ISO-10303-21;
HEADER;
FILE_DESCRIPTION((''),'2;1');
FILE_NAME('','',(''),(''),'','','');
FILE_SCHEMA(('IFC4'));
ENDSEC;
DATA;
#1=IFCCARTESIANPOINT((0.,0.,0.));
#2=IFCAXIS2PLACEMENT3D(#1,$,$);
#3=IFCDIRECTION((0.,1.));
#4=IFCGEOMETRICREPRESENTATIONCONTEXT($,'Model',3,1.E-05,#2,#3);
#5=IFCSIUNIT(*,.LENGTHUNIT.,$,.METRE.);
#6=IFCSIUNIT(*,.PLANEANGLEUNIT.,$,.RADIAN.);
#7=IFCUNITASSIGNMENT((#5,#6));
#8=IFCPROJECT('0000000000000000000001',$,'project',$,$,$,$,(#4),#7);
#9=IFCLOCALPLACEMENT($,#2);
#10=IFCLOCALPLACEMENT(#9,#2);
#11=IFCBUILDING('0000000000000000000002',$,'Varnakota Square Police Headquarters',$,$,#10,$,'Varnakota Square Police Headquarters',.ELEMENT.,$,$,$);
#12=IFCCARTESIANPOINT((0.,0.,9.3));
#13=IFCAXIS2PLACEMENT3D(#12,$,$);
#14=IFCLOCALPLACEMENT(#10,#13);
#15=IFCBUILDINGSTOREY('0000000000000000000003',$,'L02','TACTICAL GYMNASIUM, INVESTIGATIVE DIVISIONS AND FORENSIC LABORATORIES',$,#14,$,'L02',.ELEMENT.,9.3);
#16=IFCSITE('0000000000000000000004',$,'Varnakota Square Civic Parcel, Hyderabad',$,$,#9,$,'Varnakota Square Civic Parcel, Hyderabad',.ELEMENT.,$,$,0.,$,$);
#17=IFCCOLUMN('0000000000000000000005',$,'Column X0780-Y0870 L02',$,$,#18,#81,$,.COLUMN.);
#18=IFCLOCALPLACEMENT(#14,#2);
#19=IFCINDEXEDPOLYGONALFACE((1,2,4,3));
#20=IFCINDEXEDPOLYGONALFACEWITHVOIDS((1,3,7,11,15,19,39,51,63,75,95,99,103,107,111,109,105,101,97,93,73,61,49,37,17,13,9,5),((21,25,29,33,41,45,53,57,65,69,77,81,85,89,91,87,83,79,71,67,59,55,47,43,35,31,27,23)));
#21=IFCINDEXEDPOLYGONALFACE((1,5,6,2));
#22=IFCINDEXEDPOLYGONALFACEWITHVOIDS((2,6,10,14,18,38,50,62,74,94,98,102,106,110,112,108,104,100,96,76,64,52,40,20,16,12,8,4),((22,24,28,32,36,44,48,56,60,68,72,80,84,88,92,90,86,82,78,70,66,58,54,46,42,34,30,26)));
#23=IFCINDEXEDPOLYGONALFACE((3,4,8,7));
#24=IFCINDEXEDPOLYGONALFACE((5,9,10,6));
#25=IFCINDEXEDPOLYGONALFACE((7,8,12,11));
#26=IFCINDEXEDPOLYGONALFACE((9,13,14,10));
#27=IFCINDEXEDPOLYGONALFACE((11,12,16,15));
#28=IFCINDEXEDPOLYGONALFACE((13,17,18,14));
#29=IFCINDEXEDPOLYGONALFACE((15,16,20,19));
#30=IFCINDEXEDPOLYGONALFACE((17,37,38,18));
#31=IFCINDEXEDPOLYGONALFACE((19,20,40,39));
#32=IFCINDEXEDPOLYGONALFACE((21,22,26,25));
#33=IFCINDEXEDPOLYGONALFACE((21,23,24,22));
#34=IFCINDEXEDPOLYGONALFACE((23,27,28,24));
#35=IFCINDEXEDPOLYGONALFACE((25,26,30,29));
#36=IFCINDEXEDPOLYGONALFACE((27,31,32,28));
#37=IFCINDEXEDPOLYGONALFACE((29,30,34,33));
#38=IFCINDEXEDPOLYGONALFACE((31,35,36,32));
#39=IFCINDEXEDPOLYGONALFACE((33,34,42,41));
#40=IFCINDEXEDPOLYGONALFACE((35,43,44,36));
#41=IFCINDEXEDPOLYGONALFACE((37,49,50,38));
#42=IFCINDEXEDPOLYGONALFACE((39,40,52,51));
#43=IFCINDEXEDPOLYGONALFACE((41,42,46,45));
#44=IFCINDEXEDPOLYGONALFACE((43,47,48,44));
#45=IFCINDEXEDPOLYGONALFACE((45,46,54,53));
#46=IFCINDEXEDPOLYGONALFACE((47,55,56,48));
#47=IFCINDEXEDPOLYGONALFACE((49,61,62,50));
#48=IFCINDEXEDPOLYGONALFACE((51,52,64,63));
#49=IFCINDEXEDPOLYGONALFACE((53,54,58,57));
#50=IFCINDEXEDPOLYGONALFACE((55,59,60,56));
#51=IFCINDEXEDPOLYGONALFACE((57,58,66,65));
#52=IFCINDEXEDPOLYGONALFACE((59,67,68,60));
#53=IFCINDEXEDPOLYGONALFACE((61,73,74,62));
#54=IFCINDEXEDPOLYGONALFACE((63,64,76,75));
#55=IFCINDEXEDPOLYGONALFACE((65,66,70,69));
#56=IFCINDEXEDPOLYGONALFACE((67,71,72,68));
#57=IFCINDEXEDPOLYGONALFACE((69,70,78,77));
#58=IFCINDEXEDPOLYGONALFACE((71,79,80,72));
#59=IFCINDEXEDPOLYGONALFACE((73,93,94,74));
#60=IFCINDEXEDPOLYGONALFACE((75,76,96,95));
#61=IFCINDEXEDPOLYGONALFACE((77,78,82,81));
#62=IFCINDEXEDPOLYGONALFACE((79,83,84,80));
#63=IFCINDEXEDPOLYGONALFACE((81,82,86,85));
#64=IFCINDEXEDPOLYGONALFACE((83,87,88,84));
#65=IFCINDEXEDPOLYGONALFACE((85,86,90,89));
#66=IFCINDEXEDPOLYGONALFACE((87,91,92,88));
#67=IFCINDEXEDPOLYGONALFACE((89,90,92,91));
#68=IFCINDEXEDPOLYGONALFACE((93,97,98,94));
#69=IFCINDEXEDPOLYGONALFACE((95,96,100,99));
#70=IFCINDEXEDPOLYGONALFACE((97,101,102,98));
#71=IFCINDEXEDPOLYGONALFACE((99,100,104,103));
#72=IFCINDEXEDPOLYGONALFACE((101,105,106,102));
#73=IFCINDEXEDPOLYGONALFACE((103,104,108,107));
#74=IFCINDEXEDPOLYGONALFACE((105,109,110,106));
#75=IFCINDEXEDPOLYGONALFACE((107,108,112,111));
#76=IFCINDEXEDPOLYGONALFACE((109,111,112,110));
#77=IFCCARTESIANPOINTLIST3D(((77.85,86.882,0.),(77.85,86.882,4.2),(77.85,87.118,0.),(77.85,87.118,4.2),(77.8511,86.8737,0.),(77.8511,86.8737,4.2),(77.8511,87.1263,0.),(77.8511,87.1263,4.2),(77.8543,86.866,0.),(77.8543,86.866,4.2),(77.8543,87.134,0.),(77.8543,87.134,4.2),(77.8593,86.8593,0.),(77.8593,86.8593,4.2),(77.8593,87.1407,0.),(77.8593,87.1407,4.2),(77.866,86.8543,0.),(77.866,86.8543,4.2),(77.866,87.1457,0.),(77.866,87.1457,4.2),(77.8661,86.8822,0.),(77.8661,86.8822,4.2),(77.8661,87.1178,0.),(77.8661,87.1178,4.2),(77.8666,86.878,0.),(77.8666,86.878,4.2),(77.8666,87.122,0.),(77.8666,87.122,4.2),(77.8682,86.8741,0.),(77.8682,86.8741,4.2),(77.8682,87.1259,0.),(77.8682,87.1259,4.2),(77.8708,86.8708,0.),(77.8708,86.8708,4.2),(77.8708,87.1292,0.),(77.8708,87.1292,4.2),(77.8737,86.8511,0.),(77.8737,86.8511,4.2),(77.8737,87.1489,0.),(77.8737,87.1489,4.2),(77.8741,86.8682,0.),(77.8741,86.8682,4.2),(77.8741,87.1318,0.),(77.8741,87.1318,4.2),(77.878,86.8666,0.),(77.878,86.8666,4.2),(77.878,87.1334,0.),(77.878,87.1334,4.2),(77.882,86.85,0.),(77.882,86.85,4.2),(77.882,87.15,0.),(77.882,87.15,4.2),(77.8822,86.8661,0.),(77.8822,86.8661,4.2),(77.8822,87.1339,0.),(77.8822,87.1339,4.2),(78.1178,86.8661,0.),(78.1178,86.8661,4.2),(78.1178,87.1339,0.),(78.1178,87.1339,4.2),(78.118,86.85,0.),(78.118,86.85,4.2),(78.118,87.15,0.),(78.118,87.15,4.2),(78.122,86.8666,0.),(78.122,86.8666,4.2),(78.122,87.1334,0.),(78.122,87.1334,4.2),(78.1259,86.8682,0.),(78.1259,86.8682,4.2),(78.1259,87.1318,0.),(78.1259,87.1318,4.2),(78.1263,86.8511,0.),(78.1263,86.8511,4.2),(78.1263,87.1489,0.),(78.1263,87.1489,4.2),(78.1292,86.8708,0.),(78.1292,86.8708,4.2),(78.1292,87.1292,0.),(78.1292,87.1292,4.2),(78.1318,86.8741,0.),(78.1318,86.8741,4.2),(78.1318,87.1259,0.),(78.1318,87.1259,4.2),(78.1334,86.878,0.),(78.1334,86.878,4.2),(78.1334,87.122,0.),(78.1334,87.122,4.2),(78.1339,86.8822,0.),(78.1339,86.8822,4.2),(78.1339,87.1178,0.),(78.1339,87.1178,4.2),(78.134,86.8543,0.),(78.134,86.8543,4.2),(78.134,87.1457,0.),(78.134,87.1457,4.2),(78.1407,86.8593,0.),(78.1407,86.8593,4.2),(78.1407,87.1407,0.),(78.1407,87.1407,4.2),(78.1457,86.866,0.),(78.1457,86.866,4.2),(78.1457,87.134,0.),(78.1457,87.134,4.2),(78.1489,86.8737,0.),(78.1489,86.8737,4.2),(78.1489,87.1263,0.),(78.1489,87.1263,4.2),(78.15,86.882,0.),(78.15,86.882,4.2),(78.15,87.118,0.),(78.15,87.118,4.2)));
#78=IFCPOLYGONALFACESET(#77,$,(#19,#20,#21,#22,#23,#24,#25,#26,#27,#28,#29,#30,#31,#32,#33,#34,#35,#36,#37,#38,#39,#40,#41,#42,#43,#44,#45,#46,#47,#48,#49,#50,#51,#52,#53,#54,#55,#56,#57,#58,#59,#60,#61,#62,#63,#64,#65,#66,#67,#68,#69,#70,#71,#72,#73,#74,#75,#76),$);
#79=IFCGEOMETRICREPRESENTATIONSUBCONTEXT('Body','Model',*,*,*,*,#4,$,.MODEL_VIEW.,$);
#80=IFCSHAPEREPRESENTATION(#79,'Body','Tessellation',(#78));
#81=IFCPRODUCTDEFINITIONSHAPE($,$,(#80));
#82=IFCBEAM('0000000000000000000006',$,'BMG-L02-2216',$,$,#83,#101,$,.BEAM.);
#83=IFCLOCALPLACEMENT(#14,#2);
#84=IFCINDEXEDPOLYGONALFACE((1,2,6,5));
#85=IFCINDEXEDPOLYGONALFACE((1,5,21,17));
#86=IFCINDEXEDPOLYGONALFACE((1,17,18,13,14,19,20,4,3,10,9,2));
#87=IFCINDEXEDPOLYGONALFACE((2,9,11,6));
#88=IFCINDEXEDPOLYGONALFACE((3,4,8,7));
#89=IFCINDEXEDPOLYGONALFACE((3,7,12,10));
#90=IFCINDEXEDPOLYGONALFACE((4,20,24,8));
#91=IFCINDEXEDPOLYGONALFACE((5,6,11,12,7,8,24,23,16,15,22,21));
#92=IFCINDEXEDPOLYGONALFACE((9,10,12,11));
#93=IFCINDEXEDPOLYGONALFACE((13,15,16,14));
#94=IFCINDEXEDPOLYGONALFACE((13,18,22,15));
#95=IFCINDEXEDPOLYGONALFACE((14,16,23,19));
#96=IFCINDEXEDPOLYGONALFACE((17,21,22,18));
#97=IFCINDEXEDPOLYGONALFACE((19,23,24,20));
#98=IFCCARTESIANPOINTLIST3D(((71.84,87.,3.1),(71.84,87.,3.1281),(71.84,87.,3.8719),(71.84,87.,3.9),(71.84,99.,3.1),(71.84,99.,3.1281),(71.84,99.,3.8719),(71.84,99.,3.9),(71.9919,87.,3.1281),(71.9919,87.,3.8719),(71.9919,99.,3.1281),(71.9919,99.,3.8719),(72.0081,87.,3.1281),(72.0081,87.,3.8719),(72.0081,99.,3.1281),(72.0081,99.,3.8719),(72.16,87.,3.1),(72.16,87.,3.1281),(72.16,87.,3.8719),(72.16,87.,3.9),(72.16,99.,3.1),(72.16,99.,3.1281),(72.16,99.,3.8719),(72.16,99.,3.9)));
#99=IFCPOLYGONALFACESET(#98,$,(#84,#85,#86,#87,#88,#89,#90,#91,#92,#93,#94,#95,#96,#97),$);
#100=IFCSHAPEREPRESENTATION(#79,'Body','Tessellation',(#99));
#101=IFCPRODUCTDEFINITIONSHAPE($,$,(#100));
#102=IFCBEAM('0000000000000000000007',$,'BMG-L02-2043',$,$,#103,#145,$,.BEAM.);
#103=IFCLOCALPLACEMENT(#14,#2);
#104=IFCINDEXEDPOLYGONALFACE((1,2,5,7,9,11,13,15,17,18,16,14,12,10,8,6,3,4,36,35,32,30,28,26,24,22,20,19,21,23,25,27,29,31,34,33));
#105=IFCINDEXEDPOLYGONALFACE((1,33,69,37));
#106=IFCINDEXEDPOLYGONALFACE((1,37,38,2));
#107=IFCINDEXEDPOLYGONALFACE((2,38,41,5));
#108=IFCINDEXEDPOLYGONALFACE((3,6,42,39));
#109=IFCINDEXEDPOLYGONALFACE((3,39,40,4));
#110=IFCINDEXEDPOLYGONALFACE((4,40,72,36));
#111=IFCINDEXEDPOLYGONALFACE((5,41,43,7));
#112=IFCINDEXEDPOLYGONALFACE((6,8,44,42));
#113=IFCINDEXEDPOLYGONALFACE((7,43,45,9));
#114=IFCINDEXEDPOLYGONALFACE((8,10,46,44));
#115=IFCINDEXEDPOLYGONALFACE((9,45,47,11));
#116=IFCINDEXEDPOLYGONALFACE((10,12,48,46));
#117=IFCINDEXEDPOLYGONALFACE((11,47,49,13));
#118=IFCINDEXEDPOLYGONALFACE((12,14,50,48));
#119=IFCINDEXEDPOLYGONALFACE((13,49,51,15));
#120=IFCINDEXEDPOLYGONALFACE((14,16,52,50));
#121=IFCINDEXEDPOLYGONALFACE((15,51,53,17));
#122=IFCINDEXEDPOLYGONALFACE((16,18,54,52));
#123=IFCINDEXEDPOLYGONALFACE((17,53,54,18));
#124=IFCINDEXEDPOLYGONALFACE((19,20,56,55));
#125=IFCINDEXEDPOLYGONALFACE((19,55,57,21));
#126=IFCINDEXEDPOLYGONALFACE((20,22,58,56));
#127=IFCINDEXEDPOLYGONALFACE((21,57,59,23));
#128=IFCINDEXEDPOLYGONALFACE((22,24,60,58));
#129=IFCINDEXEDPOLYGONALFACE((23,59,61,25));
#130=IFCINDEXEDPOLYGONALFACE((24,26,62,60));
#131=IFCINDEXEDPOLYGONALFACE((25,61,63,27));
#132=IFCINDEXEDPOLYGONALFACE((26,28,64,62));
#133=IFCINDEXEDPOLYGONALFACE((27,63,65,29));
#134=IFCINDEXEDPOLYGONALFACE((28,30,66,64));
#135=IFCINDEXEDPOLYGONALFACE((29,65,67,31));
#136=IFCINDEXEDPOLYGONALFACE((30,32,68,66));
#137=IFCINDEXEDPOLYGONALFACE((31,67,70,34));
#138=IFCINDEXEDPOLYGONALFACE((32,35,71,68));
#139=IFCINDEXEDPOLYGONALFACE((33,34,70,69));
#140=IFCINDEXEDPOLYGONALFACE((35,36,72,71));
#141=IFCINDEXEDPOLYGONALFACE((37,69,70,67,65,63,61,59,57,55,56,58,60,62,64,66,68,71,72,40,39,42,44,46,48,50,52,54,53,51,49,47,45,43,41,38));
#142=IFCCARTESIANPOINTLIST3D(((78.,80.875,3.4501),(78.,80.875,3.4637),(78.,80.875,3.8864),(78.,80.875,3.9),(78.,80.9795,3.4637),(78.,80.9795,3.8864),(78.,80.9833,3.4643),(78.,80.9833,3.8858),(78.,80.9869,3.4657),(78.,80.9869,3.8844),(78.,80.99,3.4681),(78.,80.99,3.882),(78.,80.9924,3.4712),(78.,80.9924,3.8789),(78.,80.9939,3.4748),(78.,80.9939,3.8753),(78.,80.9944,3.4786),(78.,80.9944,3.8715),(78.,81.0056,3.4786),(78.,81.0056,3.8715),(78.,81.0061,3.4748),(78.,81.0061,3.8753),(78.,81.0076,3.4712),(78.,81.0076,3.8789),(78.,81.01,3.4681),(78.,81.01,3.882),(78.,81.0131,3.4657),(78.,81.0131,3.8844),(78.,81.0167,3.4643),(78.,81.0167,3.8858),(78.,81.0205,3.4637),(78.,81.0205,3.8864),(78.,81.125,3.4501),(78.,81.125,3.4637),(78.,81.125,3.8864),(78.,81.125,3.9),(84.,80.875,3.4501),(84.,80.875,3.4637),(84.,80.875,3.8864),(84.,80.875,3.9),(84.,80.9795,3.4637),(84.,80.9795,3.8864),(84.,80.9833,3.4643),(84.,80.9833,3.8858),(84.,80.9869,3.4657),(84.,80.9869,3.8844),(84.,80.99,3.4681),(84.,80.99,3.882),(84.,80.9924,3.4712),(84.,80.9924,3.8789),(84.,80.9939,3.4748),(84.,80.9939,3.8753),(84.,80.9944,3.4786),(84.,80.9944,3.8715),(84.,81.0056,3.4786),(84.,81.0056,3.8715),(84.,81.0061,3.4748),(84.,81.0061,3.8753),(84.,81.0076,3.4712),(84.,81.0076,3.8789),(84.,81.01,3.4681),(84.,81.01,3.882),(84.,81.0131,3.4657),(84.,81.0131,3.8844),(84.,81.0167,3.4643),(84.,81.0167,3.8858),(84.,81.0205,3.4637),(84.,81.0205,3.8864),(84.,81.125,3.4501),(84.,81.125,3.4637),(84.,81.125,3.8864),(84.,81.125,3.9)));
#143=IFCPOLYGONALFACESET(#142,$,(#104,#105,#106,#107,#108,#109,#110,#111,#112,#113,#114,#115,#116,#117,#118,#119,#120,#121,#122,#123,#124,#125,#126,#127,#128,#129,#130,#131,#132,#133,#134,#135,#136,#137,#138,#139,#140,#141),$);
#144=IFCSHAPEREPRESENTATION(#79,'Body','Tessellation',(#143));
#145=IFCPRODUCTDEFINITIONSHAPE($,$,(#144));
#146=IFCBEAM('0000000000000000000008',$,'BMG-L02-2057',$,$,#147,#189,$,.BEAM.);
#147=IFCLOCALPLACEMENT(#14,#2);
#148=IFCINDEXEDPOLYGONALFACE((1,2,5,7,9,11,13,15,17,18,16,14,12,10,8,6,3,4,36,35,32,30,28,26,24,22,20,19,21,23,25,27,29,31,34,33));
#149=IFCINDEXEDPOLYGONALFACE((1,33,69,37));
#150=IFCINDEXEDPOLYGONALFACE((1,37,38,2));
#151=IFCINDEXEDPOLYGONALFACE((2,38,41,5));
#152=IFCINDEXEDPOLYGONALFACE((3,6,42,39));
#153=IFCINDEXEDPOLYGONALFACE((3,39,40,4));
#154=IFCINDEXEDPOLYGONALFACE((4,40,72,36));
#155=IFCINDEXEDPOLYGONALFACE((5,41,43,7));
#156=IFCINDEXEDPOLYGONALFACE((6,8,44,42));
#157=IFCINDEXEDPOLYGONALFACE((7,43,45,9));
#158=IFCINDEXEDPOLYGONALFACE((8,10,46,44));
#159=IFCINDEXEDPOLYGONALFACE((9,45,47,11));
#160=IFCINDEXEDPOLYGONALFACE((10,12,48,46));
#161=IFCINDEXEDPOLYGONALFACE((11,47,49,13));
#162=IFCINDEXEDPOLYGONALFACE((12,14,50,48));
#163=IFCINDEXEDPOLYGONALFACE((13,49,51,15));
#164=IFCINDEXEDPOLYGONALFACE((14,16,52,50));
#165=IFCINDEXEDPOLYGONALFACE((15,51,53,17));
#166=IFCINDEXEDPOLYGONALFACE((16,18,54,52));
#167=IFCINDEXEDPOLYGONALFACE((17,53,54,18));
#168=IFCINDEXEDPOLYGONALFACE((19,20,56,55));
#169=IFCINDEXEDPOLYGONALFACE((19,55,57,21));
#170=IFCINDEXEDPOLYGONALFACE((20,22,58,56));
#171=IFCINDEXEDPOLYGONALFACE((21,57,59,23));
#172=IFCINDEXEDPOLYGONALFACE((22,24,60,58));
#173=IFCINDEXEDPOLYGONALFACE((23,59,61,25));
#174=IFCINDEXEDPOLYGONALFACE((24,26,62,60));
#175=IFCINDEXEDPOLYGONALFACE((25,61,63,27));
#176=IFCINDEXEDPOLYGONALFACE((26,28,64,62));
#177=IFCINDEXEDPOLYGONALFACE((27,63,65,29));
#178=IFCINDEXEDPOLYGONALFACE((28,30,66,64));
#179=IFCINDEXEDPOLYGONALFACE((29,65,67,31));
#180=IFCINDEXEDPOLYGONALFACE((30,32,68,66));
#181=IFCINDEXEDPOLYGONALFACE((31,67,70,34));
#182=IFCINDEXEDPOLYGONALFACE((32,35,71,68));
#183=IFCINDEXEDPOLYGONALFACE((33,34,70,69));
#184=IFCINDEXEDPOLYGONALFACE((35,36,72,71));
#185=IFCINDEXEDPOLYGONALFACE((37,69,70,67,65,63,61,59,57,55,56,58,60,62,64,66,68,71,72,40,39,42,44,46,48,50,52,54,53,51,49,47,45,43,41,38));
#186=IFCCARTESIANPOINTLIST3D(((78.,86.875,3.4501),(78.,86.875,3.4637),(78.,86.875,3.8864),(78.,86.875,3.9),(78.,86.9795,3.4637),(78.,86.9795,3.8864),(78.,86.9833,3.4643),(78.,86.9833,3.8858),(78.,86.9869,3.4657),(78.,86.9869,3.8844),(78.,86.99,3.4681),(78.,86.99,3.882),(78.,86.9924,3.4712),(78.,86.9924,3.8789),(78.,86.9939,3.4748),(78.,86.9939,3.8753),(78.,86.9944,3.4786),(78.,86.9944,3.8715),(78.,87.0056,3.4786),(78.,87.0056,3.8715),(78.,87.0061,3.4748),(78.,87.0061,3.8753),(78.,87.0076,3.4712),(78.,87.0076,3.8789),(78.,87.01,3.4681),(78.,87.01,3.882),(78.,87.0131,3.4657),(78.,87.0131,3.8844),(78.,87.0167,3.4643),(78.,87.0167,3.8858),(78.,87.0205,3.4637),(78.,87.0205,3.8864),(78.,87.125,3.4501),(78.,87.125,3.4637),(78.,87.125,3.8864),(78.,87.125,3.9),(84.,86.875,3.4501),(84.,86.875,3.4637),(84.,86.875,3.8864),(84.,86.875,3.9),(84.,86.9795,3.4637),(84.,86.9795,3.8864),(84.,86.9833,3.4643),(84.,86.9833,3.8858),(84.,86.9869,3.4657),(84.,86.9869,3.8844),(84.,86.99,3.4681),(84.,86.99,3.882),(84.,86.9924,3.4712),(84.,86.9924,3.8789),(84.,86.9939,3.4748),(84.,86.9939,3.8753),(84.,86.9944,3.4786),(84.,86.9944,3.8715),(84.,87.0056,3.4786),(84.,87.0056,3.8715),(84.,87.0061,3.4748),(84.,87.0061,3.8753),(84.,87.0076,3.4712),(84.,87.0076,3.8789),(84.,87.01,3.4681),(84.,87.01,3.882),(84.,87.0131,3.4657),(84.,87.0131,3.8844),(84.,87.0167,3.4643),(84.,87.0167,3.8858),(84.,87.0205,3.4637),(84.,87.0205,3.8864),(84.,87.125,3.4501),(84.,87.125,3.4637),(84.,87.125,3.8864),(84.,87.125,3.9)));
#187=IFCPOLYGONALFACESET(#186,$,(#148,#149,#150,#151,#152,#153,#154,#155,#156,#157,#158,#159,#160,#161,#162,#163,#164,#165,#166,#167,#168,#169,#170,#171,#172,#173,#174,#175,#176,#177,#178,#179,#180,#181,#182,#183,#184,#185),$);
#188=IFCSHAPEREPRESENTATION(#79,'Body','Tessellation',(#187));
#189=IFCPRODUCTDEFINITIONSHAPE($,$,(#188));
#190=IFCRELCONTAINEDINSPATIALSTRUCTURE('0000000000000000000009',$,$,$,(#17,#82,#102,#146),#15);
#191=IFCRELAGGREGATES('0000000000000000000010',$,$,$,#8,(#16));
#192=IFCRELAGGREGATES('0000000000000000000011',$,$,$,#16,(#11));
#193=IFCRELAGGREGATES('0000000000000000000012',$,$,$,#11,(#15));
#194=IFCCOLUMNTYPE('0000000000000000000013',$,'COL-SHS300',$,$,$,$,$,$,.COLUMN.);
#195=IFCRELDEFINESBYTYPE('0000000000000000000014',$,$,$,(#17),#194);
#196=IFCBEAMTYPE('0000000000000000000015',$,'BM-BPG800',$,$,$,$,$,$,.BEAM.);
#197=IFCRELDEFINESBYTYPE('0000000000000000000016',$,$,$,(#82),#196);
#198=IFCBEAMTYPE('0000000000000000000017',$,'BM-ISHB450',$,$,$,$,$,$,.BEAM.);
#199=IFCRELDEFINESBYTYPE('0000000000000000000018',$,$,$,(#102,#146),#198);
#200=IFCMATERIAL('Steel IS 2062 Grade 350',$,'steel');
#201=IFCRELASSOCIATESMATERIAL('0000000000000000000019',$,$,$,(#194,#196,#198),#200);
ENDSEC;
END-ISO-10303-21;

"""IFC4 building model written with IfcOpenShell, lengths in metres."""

from ifc_helpers import new_model, si_unit, direction, frame, origin, origin_2d, place, context, subcontext, project, spatial, hollow_rectangle, i_section, extrude, material, material_profile, profile_set, type_object, element, save


model = new_model("IFC4")

# Units and contexts
model_context = context("Model", 3, precision=1e-05, world=origin(), true_north=direction((0.0, 1.0)))
body_context = subcontext(model_context, "Body", "Model", "MODEL_VIEW")
ifc_project = project(units=[si_unit("LENGTHUNIT", "METRE"), si_unit("PLANEANGLEUNIT", "RADIAN")], contexts=[model_context])

# Site, building, storey
site_placement = place(None, origin())
site = spatial("IfcSite", under=ifc_project, at=site_placement, Name="Varnakota Square Civic Parcel, Hyderabad", LongName="Varnakota Square Civic Parcel, Hyderabad", CompositionType="ELEMENT", RefElevation=0.0)
building_placement = place(site_placement, origin())
building = spatial("IfcBuilding", under=site, at=building_placement, Name="Varnakota Square Police Headquarters", LongName="Varnakota Square Police Headquarters", CompositionType="ELEMENT")
storey_placement = place(building_placement, frame((0.0, 0.0, 9.3)))
storey = spatial("IfcBuildingStorey", under=building, at=storey_placement, Name="L02", Description="TACTICAL GYMNASIUM, INVESTIGATIVE DIVISIONS AND FORENSIC LABORATORIES", LongName="L02", CompositionType="ELEMENT", Elevation=9.3)

# Column
ifc_material_1 = material(Name="Steel IS 2062 Grade 350", Category="steel")
ifc_material_profile_1 = material_profile(ifc_material_1, hollow_rectangle(XDim=0.3, YDim=0.3, WallThickness=0.0161, InnerFilletRadius=0.0161, OuterFilletRadius=0.032, at=origin_2d()), Name="SHS 300x300x16")
ifc_profile_set_1 = profile_set([ifc_material_profile_1], Name="Steel IS 2062 Grade 350")
column_type_1 = type_object("IfcColumnType", Name="COL-SHS300", PredefinedType="COLUMN", material=ifc_profile_set_1)
column_1_placement = place(storey_placement, frame((78.0, 87.0, 0.0), z_axis=(0.0, 0.0, 1.0), x_axis=(1.0, 0.0, 0.0)))
element("IfcColumn", 1, at=column_1_placement, inside=storey, type_object=column_type_1, Name="Column X0780-Y0870 L02", PredefinedType="COLUMN", context=body_context, shape_type="SweptSolid", body=[
    extrude(hollow_rectangle(XDim=0.3, YDim=0.3, WallThickness=0.0161, InnerFilletRadius=0.0161, OuterFilletRadius=0.032, at=origin_2d()), origin(), (0.0, 0.0, 1.0), 4.2),
])

# Beams
ifc_material_profile_2 = material_profile(ifc_material_1, i_section(OverallWidth=0.3201, OverallDepth=0.8, WebThickness=0.0161, FlangeThickness=0.0281, at=origin_2d()), Name="BPG 800x320")
ifc_profile_set_2 = profile_set([ifc_material_profile_2], Name="Steel IS 2062 Grade 350")
beam_type_1 = type_object("IfcBeamType", Name="BM-BPG800", PredefinedType="BEAM", material=ifc_profile_set_2)
beam_1_placement = place(storey_placement, frame((72.0, 87.0, 3.5), z_axis=(0.0, 1.0, 0.0), x_axis=(-1.0, 0.0, 0.0)))
element("IfcBeam", 2, at=beam_1_placement, inside=storey, type_object=beam_type_1, Name="BMG-L02-2216", PredefinedType="BEAM", context=body_context, shape_type="SweptSolid", body=[
    extrude(i_section(OverallWidth=0.3201, OverallDepth=0.8, WebThickness=0.0161, FlangeThickness=0.0281, at=origin_2d()), origin(), (0.0, 0.0, 1.0), 12.0),
])
ifc_material_profile_3 = material_profile(ifc_material_1, i_section(OverallWidth=0.25, OverallDepth=0.45, WebThickness=0.0112, FlangeThickness=0.0137, FilletRadius=0.0149, at=origin_2d()), Name="ISHB 450")
ifc_profile_set_3 = profile_set([ifc_material_profile_3], Name="Steel IS 2062 Grade 350")
beam_type_2 = type_object("IfcBeamType", Name="BM-ISHB450", PredefinedType="BEAM", material=ifc_profile_set_3)
for number, where, z_axis, x_axis, name in (
    (3, (78.0, 81.0, 3.675), (1.0, 0.0, 0.0), (0.0, 1.0, 0.0), "BMG-L02-2043"),
    (4, (78.0, 87.0, 3.675), (1.0, 0.0, 0.0), (0.0, 1.0, 0.0), "BMG-L02-2057"),
):
    element("IfcBeam", number, at=place(storey_placement, frame(where, z_axis=z_axis, x_axis=x_axis)), inside=storey, type_object=beam_type_2, Name=name, PredefinedType="BEAM", context=body_context, shape_type="SweptSolid", body=[
        extrude(i_section(OverallWidth=0.25, OverallDepth=0.45, WebThickness=0.0112, FlangeThickness=0.0137, FilletRadius=0.0149, at=origin_2d()), origin(), (0.0, 0.0, 1.0), 6.0),
    ])

save(model, "model.ifc")
